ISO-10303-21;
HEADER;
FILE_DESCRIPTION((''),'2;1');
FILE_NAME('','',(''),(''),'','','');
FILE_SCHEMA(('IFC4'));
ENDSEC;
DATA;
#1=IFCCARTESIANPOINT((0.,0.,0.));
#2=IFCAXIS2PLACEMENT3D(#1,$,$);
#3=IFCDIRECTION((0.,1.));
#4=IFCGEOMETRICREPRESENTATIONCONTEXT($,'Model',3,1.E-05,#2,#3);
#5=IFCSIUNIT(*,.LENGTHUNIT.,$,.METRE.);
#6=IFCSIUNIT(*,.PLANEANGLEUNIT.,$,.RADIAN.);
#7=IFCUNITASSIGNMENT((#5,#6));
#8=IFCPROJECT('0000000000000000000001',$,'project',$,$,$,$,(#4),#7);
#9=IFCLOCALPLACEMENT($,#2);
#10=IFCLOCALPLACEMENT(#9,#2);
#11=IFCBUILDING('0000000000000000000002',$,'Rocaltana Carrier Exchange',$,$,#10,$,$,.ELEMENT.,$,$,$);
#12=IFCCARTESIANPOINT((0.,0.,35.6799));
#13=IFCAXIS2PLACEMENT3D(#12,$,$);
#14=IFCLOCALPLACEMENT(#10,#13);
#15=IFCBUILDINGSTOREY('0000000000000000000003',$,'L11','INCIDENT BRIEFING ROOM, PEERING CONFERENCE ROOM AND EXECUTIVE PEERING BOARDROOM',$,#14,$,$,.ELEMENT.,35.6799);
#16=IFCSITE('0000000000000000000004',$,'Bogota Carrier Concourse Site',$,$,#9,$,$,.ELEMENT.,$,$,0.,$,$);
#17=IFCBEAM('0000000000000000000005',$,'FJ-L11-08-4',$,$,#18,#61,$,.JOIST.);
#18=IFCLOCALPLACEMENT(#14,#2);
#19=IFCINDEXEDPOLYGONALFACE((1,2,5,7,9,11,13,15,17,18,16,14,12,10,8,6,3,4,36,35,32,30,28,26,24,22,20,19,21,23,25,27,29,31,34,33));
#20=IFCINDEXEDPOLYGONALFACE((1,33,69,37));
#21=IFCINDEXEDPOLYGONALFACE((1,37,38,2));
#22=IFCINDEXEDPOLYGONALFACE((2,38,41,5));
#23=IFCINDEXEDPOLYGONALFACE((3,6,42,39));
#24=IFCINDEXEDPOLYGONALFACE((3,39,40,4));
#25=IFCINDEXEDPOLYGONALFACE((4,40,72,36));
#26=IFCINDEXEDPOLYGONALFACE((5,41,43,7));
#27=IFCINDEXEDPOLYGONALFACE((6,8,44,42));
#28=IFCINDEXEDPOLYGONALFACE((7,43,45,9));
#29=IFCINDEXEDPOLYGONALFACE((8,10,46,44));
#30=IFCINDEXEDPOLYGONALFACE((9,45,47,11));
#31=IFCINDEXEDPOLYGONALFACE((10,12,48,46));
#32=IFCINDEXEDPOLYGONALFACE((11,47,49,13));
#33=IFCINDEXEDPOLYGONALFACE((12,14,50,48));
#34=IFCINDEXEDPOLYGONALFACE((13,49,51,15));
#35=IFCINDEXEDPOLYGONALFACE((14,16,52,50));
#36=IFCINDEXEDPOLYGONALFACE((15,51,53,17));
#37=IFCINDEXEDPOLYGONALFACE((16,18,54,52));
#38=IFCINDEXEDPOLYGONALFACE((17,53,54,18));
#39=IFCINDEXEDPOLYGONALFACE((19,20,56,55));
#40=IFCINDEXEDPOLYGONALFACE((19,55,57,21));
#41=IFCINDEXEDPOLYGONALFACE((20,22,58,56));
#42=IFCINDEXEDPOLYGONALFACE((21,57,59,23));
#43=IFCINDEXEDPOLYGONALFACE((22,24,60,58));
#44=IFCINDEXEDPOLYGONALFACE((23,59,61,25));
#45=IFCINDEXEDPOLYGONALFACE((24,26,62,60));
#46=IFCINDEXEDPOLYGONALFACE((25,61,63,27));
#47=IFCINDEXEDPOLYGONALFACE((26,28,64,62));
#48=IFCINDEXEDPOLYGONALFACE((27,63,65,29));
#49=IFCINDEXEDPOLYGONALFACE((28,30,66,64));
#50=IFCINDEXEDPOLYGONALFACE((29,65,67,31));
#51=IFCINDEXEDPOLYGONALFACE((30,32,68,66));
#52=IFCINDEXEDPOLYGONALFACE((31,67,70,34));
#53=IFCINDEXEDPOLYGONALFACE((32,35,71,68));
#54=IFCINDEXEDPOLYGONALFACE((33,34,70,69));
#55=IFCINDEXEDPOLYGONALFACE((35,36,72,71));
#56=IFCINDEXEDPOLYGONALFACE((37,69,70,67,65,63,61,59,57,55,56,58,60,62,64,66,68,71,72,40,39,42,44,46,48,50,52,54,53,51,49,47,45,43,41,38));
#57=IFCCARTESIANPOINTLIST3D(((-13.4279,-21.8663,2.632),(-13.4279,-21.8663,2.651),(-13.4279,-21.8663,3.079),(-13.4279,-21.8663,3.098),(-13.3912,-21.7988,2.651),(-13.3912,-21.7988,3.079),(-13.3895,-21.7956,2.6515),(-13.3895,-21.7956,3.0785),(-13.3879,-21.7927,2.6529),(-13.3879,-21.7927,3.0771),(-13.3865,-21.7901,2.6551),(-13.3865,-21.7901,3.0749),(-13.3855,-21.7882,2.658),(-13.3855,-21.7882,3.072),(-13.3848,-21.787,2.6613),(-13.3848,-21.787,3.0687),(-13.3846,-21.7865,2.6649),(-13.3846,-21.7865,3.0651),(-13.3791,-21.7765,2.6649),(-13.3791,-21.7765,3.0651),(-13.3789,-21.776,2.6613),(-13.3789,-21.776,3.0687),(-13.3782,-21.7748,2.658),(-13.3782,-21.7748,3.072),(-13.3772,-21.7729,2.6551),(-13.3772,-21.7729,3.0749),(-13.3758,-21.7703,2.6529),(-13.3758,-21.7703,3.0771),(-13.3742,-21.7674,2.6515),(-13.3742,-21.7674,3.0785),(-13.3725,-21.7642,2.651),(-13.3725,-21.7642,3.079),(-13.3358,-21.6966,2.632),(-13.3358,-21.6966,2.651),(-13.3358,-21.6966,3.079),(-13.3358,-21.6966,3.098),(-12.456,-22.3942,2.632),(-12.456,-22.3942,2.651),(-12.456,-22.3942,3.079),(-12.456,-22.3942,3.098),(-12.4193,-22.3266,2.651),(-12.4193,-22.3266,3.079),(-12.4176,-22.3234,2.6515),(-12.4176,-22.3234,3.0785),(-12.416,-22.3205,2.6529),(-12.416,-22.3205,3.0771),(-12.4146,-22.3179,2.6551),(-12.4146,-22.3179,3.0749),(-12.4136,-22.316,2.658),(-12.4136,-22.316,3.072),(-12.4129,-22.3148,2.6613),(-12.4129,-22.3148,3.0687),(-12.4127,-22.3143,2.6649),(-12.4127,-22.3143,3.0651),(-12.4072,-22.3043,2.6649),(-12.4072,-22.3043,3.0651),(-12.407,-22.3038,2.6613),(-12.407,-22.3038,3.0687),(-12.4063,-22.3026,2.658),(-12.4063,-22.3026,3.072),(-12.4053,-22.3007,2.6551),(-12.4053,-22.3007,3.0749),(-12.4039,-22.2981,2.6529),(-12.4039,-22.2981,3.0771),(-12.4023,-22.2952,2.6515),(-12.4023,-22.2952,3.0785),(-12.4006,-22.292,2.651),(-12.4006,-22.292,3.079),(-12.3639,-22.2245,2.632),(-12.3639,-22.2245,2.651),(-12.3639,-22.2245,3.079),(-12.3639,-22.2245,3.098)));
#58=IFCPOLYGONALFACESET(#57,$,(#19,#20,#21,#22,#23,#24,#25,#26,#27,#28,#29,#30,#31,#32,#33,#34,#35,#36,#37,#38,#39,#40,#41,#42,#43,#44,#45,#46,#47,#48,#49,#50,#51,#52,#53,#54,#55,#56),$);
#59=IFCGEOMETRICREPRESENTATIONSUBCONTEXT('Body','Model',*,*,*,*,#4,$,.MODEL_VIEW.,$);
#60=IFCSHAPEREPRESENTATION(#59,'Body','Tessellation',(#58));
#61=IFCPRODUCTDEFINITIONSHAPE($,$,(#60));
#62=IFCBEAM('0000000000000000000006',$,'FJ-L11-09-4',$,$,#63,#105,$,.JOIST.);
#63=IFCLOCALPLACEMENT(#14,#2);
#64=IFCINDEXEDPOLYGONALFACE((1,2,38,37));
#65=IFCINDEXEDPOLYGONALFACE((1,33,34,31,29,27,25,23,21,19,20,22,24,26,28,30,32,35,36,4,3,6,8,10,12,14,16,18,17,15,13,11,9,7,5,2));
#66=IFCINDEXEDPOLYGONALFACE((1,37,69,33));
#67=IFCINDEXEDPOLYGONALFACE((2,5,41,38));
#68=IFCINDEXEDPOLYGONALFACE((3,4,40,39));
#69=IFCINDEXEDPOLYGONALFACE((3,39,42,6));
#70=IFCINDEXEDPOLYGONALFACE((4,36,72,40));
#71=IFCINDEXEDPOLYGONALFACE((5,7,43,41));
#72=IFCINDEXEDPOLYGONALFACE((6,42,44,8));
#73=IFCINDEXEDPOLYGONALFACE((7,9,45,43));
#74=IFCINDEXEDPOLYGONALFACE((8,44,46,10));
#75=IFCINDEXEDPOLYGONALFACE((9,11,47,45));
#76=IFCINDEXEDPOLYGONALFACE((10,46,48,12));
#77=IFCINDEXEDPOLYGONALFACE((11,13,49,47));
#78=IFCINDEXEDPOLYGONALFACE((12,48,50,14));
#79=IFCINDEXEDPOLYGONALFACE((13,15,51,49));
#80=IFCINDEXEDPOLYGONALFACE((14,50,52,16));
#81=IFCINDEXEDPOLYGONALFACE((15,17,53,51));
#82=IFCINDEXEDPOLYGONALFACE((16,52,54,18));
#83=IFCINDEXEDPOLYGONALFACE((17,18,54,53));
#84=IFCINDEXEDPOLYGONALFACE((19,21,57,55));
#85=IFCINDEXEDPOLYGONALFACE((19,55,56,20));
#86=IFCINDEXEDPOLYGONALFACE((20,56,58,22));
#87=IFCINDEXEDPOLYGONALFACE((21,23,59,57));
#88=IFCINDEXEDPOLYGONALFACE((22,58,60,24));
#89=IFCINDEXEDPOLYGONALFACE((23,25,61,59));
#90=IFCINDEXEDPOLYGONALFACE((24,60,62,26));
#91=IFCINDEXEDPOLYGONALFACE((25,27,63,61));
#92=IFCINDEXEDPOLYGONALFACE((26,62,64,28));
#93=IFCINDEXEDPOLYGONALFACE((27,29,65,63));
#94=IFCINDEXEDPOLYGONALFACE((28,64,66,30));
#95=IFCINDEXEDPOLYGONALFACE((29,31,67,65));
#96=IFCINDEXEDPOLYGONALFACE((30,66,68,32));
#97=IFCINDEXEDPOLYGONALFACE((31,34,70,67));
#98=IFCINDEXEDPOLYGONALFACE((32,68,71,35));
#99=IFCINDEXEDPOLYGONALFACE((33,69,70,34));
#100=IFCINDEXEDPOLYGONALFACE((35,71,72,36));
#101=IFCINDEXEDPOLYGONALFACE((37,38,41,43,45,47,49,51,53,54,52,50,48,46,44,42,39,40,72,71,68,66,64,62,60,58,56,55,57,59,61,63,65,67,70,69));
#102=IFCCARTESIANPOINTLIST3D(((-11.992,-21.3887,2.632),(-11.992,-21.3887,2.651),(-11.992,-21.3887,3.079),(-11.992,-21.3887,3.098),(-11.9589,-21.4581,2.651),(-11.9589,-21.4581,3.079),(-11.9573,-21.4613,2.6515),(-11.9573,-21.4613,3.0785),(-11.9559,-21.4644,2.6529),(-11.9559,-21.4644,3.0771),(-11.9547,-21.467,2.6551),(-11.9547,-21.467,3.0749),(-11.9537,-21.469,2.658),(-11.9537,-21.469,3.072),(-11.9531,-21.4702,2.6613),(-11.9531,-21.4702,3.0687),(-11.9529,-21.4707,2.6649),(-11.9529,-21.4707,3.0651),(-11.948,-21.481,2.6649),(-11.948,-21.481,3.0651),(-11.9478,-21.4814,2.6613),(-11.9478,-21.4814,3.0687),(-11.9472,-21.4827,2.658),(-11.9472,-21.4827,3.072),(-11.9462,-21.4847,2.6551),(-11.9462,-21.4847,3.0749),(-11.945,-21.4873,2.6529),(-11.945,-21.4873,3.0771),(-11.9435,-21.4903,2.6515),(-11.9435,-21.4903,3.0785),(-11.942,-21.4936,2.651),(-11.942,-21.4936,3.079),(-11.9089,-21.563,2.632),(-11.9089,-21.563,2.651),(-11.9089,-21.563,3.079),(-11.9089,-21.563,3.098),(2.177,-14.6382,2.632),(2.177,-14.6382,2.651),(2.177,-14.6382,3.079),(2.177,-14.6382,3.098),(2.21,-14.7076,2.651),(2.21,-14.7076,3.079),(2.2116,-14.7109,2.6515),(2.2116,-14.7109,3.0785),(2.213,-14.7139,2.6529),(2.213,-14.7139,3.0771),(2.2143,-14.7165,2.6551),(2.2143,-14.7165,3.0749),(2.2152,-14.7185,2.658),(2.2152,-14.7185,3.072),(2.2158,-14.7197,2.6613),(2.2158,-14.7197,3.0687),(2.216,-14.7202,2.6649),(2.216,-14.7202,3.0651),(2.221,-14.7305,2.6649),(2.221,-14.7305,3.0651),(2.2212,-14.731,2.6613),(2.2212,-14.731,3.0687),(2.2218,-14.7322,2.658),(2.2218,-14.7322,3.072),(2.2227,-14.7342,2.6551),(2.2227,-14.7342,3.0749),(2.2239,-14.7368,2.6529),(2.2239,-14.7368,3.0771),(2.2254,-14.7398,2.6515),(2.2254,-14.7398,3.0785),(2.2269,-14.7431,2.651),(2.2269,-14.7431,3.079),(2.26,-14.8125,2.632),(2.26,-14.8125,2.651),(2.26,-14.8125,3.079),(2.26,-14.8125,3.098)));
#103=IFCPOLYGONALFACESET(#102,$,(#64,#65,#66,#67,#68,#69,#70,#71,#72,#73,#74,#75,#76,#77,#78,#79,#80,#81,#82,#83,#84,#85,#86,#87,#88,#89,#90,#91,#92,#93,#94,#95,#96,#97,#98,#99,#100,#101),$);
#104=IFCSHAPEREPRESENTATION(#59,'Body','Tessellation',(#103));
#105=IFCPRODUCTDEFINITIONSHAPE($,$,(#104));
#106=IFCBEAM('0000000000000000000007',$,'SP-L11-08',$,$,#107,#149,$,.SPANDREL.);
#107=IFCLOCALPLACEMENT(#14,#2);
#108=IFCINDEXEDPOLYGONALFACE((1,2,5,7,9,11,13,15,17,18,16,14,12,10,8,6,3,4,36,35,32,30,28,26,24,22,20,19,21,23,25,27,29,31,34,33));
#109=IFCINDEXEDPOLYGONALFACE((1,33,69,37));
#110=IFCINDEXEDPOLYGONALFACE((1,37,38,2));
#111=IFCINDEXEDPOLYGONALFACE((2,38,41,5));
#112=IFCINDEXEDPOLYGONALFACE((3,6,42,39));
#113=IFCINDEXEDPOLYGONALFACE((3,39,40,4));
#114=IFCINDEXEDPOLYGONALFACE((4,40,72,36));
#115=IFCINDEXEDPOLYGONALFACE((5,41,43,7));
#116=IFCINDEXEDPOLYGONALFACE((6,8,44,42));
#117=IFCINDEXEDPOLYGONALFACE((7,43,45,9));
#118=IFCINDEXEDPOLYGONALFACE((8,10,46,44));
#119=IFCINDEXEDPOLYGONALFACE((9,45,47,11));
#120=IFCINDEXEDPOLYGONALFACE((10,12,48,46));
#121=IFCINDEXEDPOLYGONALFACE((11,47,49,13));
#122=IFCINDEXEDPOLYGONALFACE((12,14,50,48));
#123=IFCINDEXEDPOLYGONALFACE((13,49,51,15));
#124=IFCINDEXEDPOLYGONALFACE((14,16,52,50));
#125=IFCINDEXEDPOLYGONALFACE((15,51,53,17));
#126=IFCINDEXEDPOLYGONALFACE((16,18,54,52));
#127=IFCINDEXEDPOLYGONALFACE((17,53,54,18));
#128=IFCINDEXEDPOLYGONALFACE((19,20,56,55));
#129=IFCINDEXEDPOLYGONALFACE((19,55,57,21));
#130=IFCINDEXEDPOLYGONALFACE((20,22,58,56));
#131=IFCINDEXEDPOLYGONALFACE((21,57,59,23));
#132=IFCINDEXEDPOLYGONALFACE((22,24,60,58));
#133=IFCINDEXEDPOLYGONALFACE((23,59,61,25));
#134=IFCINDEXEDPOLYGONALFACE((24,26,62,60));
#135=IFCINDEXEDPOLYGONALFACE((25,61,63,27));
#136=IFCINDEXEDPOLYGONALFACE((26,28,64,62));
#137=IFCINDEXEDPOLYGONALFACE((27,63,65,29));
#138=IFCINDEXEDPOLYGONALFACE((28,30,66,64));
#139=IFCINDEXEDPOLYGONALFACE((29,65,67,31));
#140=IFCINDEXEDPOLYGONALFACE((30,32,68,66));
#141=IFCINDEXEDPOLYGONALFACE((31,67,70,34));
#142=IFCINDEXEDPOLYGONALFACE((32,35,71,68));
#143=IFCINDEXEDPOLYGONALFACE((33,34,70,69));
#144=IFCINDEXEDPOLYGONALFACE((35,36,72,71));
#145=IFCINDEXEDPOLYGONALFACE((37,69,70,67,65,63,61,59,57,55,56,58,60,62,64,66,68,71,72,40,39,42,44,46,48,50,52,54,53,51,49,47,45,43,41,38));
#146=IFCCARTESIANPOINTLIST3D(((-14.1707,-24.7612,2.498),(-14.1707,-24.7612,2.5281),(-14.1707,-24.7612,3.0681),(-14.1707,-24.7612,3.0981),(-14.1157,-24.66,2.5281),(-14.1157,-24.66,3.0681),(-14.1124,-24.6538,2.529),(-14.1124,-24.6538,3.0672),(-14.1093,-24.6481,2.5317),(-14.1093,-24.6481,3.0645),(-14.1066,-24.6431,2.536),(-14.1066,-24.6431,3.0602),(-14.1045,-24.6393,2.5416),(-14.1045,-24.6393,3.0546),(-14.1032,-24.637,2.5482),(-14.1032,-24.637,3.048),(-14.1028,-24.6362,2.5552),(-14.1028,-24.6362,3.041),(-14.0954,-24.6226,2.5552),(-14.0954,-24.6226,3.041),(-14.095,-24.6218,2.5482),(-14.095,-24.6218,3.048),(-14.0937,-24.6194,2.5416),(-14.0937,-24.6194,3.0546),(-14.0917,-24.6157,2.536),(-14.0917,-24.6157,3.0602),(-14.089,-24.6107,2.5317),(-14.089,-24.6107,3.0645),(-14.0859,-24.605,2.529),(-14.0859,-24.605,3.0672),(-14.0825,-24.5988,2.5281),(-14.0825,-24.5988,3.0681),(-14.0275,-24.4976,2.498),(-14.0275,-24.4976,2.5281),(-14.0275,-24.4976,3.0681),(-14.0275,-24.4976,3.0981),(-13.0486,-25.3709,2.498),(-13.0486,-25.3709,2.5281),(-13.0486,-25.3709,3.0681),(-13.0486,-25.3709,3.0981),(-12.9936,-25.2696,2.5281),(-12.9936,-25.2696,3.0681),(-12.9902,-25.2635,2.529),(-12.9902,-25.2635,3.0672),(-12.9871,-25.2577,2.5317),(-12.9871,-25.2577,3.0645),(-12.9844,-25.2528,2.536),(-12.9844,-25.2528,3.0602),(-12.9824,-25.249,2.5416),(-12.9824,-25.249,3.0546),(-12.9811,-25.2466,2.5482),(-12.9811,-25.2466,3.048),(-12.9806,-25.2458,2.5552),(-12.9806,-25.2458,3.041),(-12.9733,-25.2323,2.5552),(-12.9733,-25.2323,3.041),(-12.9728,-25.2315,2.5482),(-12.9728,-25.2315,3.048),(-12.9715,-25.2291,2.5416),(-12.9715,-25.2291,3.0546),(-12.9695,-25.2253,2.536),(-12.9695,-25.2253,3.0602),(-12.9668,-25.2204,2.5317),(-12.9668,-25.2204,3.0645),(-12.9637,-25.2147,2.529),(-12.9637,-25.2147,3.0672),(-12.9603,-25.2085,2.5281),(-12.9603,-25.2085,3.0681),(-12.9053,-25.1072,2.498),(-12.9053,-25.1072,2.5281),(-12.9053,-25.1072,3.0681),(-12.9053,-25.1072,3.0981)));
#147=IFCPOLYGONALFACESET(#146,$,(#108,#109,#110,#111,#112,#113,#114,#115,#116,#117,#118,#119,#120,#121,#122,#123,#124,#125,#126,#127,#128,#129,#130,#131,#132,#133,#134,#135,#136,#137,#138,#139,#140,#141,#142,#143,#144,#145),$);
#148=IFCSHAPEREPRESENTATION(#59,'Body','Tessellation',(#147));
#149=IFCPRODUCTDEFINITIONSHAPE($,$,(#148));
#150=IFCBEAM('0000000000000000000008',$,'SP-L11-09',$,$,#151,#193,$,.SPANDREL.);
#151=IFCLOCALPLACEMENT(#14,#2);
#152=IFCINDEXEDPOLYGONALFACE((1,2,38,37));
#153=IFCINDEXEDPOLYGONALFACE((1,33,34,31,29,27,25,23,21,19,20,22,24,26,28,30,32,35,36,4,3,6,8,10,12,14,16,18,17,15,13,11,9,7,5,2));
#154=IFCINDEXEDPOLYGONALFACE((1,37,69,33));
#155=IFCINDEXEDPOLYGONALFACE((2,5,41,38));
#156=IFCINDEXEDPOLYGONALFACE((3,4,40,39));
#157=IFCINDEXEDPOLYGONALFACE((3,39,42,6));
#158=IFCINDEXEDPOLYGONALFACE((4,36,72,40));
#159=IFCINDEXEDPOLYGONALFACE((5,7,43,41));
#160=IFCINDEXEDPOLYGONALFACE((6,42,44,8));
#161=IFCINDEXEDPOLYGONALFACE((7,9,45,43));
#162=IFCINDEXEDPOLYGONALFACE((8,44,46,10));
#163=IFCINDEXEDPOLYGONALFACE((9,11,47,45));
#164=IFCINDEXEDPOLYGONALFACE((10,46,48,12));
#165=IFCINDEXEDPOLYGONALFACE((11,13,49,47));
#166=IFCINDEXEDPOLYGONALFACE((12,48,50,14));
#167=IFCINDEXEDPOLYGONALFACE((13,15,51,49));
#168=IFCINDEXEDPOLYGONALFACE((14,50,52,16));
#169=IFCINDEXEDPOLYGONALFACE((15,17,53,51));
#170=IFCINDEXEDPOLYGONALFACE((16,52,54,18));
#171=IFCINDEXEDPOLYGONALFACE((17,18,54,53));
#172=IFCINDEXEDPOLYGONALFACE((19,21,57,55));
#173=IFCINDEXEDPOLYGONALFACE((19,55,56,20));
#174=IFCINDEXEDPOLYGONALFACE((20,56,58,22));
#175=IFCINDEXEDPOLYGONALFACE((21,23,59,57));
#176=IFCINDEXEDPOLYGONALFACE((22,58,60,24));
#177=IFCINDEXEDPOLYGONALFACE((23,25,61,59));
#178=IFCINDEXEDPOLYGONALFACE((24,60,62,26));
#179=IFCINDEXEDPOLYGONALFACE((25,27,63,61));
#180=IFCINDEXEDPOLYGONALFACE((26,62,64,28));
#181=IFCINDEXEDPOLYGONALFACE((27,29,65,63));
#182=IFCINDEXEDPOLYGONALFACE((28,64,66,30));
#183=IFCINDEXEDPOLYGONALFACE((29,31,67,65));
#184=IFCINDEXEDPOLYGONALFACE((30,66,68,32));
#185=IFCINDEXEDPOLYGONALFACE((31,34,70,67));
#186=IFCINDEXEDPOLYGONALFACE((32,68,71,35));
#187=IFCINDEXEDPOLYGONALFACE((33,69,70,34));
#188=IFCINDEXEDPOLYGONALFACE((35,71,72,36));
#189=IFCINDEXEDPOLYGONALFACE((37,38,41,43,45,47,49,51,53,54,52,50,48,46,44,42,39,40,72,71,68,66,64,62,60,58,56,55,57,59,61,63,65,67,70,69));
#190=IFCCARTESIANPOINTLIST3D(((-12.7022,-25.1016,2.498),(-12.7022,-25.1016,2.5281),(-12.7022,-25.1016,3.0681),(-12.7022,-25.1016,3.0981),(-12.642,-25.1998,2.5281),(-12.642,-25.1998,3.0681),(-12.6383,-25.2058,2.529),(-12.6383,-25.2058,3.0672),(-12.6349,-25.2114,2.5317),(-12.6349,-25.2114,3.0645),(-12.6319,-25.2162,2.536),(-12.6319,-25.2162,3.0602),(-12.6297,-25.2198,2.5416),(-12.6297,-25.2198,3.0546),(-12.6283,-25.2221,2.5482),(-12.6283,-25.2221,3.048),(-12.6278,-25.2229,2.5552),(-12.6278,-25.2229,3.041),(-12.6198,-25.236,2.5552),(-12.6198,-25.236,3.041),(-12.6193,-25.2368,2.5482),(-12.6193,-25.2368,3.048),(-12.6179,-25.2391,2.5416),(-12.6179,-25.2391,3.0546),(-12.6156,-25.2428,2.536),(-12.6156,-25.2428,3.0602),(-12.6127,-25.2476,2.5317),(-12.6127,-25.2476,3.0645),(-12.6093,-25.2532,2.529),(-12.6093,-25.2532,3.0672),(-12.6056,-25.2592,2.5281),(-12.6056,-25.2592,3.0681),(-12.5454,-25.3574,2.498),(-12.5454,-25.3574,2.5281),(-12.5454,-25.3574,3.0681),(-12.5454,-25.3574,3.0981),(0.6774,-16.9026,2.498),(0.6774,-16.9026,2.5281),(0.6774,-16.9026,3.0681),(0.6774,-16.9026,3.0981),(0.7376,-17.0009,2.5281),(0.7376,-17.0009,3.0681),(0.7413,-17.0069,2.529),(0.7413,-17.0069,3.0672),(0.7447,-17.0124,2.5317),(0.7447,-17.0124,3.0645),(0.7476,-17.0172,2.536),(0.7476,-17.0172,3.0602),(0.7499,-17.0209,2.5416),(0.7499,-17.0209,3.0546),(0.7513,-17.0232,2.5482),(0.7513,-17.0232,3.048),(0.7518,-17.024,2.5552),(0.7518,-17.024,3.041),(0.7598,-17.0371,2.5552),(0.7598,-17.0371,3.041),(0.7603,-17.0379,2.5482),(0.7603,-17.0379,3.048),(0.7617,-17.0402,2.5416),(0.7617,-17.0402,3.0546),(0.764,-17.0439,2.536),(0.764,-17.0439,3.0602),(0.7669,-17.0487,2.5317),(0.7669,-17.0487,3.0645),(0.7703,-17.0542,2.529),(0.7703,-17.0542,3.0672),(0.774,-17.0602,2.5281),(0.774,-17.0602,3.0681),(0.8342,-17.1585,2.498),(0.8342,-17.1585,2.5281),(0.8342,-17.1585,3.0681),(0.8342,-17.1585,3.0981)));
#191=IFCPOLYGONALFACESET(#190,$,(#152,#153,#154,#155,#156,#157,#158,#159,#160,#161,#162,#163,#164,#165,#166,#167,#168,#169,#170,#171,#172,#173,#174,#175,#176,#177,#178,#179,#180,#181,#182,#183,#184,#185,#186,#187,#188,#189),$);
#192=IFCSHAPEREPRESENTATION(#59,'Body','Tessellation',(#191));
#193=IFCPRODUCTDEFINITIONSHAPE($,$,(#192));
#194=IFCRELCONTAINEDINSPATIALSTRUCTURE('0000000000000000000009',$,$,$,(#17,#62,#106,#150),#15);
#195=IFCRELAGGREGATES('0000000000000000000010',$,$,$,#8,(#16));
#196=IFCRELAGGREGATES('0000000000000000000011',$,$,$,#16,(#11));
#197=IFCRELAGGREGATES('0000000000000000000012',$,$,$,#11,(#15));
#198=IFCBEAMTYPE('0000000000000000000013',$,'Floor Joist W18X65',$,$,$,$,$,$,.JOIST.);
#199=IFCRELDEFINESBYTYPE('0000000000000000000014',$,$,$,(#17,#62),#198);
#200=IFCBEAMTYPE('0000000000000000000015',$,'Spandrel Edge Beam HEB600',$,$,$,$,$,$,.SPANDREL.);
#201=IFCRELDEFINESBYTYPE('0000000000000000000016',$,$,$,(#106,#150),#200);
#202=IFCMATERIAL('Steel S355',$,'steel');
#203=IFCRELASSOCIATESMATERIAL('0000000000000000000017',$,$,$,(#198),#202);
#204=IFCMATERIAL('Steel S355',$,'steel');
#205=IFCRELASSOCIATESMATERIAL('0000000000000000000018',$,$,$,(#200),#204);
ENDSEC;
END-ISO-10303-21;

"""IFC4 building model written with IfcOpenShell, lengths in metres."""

from ifc_helpers import new_model, si_unit, direction, frame, origin, origin_2d, place, context, subcontext, project, spatial, i_section, extrude, material, material_profile, profile_set, type_object, element, save


model = new_model("IFC4")

# Units and contexts
model_context = context("Model", 3, precision=1e-05, world=origin(), true_north=direction((0.0, 1.0)))
body_context = subcontext(model_context, "Body", "Model", "MODEL_VIEW")
ifc_project = project(units=[si_unit("LENGTHUNIT", "METRE"), si_unit("PLANEANGLEUNIT", "RADIAN")], contexts=[model_context])

# Site, building, storey
site_placement = place(None, origin())
site = spatial("IfcSite", under=ifc_project, at=site_placement, Name="Bogota Carrier Concourse Site", CompositionType="ELEMENT", RefElevation=0.0)
building_placement = place(site_placement, origin())
building = spatial("IfcBuilding", under=site, at=building_placement, Name="Rocaltana Carrier Exchange", CompositionType="ELEMENT")
storey_placement = place(building_placement, frame((0.0, 0.0, 35.6799)))
storey = spatial("IfcBuildingStorey", under=building, at=storey_placement, Name="L11", Description="INCIDENT BRIEFING ROOM, PEERING CONFERENCE ROOM AND EXECUTIVE PEERING BOARDROOM", CompositionType="ELEMENT", Elevation=35.6799)

# Beams
ifc_material_1 = material(Name="Steel S355", Category="steel")
ifc_material_profile_1 = material_profile(ifc_material_1, i_section(OverallWidth=0.1931, OverallDepth=0.4661, WebThickness=0.0115, FlangeThickness=0.019, FilletRadius=0.0139, at=origin_2d()), Name="W18X65")
ifc_profile_set_1 = profile_set([ifc_material_profile_1], Name="Steel S355")
beam_type_1 = type_object("IfcBeamType", Name="Floor Joist W18X65", PredefinedType="JOIST", material=ifc_profile_set_1)
beam_1_placement = place(storey_placement, frame((-13.3818, -21.7815, 2.865), z_axis=(0.878771, -0.477243, 0.0), x_axis=(0.477243, 0.878771, 0.0)))
element("IfcBeam", 1, at=beam_1_placement, inside=storey, type_object=beam_type_1, Name="FJ-L11-08-4", PredefinedType="JOIST", context=body_context, shape_type="SweptSolid", body=[
    extrude(i_section(OverallWidth=0.1931, OverallDepth=0.4661, WebThickness=0.0115, FlangeThickness=0.019, FilletRadius=0.0139, at=origin_2d()), origin(), (0.0, 0.0, 1.0), 1.106),
])
beam_2_placement = place(storey_placement, frame((-11.9504, -21.4758, 2.865), z_axis=(0.902777, 0.430109, 0.0), x_axis=(-0.430109, 0.902777, 0.0)))
element("IfcBeam", 2, at=beam_2_placement, inside=storey, type_object=beam_type_1, Name="FJ-L11-09-4", PredefinedType="JOIST", context=body_context, shape_type="SweptSolid", body=[
    extrude(i_section(OverallWidth=0.1931, OverallDepth=0.4661, WebThickness=0.0115, FlangeThickness=0.019, FilletRadius=0.0139, at=origin_2d()), origin(), (0.0, 0.0, 1.0), 15.6948),
])
ifc_material_2 = material(Name="Steel S355", Category="steel")
ifc_material_profile_2 = material_profile(ifc_material_2, i_section(OverallWidth=0.3, OverallDepth=0.6001, WebThickness=0.0154, FlangeThickness=0.03, FilletRadius=0.0271, at=origin_2d()), Name="HEB600")
ifc_profile_set_2 = profile_set([ifc_material_profile_2], Name="Steel S355")
beam_type_2 = type_object("IfcBeamType", Name="Spandrel Edge Beam HEB600", PredefinedType="SPANDREL", material=ifc_profile_set_2)
beam_3_placement = place(storey_placement, frame((-14.0991, -24.6294, 2.7981), z_axis=(0.878691, -0.477391, 0.0), x_axis=(0.477391, 0.878691, 0.0)))
element("IfcBeam", 3, at=beam_3_placement, inside=storey, type_object=beam_type_2, Name="SP-L11-08", PredefinedType="SPANDREL", context=body_context, shape_type="SweptSolid", body=[
    extrude(i_section(OverallWidth=0.3, OverallDepth=0.6001, WebThickness=0.0154, FlangeThickness=0.03, FilletRadius=0.0271, at=origin_2d()), origin(), (0.0, 0.0, 1.0), 1.2771),
])
beam_4_placement = place(storey_placement, frame((-12.6238, -25.2295, 2.7981), z_axis=(0.852642, 0.522495, 0.0), x_axis=(-0.522495, 0.852642, 0.0)))
element("IfcBeam", 4, at=beam_4_placement, inside=storey, type_object=beam_type_2, Name="SP-L11-09", PredefinedType="SPANDREL", context=body_context, shape_type="SweptSolid", body=[
    extrude(i_section(OverallWidth=0.3, OverallDepth=0.6001, WebThickness=0.0154, FlangeThickness=0.03, FilletRadius=0.0271, at=origin_2d()), origin(), (0.0, 0.0, 1.0), 15.6919),
])

save(model, "model.ifc")
